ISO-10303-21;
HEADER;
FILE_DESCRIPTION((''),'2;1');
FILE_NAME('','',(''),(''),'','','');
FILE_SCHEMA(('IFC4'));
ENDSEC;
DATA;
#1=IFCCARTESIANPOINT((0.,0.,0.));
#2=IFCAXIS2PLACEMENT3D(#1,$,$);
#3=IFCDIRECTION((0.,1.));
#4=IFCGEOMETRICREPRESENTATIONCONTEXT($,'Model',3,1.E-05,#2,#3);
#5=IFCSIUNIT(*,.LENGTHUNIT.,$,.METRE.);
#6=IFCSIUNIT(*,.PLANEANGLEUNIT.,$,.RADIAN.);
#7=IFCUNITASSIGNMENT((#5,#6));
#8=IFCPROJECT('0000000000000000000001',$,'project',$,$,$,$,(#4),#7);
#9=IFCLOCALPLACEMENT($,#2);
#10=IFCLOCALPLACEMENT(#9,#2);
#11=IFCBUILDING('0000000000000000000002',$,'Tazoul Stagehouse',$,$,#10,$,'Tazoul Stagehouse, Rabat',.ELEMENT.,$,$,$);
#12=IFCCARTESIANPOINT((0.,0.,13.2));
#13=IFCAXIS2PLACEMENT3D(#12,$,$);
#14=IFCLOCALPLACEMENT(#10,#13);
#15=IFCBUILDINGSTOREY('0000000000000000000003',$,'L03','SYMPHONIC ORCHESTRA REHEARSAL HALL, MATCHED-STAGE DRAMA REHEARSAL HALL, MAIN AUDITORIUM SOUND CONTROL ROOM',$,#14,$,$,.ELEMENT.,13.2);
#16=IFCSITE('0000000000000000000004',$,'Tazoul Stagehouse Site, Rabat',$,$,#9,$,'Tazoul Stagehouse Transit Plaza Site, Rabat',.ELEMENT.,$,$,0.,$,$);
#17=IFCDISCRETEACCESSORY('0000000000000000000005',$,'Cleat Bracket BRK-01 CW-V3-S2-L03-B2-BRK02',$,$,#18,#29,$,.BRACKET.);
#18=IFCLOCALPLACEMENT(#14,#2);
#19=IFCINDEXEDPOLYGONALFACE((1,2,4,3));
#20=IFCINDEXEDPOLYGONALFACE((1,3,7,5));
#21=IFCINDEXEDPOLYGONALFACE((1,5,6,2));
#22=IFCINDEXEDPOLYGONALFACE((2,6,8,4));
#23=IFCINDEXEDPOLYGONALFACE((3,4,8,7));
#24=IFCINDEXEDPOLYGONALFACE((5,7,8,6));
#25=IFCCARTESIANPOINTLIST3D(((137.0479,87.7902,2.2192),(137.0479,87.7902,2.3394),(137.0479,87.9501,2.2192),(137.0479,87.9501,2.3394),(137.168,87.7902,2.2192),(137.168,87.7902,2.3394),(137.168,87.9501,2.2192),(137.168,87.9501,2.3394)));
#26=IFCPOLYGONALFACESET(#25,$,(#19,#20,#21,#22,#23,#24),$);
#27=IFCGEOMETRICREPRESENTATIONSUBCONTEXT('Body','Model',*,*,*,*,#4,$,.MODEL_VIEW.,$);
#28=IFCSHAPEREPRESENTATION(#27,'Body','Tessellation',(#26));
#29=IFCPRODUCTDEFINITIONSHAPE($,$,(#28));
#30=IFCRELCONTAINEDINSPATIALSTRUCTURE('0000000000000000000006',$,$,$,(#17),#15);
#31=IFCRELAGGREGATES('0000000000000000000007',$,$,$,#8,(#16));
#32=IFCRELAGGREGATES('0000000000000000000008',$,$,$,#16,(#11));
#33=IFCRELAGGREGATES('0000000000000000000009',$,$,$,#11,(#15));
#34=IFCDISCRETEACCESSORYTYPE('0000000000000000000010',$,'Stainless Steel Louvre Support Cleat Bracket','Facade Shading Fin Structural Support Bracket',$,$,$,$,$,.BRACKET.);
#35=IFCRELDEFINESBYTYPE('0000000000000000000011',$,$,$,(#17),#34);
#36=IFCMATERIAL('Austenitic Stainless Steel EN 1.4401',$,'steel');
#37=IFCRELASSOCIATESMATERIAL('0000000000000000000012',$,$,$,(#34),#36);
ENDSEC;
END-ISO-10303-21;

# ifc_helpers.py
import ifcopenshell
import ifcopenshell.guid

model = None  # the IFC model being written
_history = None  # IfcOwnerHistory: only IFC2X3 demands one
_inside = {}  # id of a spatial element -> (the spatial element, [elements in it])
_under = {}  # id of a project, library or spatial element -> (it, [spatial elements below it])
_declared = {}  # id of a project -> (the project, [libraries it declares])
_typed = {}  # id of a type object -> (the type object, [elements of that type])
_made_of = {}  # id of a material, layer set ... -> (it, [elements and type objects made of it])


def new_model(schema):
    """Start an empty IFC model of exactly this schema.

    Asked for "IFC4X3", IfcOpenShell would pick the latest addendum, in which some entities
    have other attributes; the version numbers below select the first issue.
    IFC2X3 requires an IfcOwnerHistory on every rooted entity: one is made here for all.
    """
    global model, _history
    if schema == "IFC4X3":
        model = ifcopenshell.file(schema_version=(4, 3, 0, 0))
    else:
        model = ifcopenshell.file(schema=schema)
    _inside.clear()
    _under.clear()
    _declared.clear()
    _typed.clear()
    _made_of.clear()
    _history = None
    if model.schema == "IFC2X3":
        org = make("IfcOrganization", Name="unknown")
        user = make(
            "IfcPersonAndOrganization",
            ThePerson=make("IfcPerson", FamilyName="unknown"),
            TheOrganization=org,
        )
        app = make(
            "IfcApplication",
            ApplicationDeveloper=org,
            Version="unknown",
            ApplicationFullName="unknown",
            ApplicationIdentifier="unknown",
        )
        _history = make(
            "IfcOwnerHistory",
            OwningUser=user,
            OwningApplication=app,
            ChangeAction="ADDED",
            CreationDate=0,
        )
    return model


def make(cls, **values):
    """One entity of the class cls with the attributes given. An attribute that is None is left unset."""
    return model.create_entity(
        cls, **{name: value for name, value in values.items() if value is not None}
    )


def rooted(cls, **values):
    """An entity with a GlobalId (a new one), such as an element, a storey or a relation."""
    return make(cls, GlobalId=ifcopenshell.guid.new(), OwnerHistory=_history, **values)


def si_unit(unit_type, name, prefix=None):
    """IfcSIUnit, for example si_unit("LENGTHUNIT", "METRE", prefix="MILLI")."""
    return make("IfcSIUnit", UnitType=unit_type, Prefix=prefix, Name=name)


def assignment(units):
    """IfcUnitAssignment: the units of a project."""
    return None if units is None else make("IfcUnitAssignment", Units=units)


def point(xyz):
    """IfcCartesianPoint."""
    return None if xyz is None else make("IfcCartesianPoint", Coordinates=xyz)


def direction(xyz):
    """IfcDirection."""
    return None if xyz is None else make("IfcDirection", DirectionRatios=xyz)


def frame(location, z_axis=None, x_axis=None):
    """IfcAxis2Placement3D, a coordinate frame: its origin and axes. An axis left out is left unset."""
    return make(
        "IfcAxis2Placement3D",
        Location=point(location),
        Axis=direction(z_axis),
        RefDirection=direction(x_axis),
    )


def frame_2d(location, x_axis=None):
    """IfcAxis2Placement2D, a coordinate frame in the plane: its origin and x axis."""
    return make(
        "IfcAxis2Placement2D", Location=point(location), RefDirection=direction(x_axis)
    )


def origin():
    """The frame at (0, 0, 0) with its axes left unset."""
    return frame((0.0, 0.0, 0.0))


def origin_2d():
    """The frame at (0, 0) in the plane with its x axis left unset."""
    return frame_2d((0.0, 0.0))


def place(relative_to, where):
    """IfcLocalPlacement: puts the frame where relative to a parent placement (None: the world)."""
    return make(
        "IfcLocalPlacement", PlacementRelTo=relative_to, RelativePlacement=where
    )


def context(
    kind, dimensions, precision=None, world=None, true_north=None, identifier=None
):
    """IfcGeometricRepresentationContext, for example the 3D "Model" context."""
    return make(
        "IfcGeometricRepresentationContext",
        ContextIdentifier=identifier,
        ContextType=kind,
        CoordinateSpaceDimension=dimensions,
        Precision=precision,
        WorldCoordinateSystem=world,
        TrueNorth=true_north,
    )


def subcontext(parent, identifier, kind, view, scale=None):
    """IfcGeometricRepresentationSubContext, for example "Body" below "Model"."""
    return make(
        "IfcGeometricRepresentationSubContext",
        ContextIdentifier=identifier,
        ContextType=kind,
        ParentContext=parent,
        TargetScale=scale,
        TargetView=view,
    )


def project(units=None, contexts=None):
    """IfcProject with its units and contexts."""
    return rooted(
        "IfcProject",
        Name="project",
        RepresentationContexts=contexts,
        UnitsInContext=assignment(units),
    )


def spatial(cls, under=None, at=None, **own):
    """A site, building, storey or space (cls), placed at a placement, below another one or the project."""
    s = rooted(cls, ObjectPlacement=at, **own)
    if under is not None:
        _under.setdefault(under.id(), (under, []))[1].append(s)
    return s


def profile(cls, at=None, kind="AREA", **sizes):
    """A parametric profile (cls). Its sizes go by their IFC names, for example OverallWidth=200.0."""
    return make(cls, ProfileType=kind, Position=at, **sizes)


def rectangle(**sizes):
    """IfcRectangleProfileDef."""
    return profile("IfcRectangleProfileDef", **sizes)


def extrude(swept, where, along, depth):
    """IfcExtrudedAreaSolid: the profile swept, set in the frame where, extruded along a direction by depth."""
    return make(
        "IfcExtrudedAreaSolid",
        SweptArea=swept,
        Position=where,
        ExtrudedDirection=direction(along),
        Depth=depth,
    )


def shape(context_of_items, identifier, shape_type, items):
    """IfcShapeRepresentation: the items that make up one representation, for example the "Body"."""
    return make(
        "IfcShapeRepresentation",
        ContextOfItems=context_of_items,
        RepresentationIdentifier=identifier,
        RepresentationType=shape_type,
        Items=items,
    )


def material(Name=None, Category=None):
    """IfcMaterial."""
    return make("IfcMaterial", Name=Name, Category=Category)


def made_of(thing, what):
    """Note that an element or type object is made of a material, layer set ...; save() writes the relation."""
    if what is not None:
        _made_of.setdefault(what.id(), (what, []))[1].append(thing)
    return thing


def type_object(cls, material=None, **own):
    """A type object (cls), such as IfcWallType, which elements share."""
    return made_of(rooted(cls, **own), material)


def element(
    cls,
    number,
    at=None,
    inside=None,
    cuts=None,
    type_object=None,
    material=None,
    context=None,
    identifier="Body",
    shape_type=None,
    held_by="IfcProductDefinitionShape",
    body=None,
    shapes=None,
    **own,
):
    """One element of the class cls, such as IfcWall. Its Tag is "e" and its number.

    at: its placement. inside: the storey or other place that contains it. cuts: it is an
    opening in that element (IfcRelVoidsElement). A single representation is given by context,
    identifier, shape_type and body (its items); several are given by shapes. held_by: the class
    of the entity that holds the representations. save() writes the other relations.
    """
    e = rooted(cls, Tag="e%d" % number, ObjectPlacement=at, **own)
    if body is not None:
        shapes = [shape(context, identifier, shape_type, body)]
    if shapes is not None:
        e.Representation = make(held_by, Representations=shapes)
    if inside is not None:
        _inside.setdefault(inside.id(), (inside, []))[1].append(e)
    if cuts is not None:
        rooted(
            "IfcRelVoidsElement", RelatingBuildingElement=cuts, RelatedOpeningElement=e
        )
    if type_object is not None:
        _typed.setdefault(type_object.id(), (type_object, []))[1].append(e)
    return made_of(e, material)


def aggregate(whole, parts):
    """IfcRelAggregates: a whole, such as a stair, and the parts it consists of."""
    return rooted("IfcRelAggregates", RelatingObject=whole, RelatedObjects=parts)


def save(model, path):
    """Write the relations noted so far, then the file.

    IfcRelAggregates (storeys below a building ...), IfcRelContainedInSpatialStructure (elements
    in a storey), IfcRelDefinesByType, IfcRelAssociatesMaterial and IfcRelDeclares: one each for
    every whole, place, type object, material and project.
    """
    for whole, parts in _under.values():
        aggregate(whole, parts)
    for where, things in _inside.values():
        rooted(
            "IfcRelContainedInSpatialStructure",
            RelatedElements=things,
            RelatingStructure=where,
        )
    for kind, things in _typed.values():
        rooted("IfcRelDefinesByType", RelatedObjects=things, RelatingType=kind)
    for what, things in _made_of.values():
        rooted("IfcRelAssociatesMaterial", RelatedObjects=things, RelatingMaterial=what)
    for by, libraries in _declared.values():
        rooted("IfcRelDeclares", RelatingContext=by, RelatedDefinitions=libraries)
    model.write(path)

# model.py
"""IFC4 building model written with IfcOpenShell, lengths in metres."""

from ifc_helpers import new_model, si_unit, direction, frame, origin, origin_2d, place, context, subcontext, project, spatial, rectangle, extrude, material, type_object, element, save


model = new_model("IFC4")

# Units and contexts
model_context = context("Model", 3, precision=1e-05, world=origin(), true_north=direction((0.0, 1.0)))
body_context = subcontext(model_context, "Body", "Model", "MODEL_VIEW")
ifc_project = project(units=[si_unit("LENGTHUNIT", "METRE"), si_unit("PLANEANGLEUNIT", "RADIAN")], contexts=[model_context])

# Site, building, storey
site_placement = place(None, origin())
site = spatial("IfcSite", under=ifc_project, at=site_placement, Name="Tazoul Stagehouse Site, Rabat", LongName="Tazoul Stagehouse Transit Plaza Site, Rabat", CompositionType="ELEMENT", RefElevation=0.0)
building_placement = place(site_placement, origin())
building = spatial("IfcBuilding", under=site, at=building_placement, Name="Tazoul Stagehouse", LongName="Tazoul Stagehouse, Rabat", CompositionType="ELEMENT")
storey_placement = place(building_placement, frame((0.0, 0.0, 13.2)))
storey = spatial("IfcBuildingStorey", under=building, at=storey_placement, Name="L03", Description="SYMPHONIC ORCHESTRA REHEARSAL HALL, MATCHED-STAGE DRAMA REHEARSAL HALL, MAIN AUDITORIUM SOUND CONTROL ROOM", CompositionType="ELEMENT", Elevation=13.2)

# Discrete accessory
ifc_material_1 = material(Name="Austenitic Stainless Steel EN 1.4401", Category="steel")
discrete_accessory_type = type_object("IfcDiscreteAccessoryType", Name="Stainless Steel Louvre Support Cleat Bracket", Description="Facade Shading Fin Structural Support Bracket", PredefinedType="BRACKET", material=ifc_material_1)
for number, where, z_axis, x_axis, name in (
    (1, (137.1079, 87.8701, 2.2192), (0.0, 0.0, 1.0), (1.0, 0.0, 0.0), "Cleat Bracket BRK-01 CW-V3-S2-L03-B2-BRK02"),
):
    element("IfcDiscreteAccessory", number, at=place(storey_placement, frame(where, z_axis=z_axis, x_axis=x_axis)), inside=storey, type_object=discrete_accessory_type, Name=name, PredefinedType="BRACKET", context=body_context, shape_type="SweptSolid", body=[
        extrude(rectangle(XDim=0.1201, YDim=0.1599, at=origin_2d()), origin(), (0.0, 0.0, 1.0), 0.1201),
    ])

save(model, "model.ifc")
